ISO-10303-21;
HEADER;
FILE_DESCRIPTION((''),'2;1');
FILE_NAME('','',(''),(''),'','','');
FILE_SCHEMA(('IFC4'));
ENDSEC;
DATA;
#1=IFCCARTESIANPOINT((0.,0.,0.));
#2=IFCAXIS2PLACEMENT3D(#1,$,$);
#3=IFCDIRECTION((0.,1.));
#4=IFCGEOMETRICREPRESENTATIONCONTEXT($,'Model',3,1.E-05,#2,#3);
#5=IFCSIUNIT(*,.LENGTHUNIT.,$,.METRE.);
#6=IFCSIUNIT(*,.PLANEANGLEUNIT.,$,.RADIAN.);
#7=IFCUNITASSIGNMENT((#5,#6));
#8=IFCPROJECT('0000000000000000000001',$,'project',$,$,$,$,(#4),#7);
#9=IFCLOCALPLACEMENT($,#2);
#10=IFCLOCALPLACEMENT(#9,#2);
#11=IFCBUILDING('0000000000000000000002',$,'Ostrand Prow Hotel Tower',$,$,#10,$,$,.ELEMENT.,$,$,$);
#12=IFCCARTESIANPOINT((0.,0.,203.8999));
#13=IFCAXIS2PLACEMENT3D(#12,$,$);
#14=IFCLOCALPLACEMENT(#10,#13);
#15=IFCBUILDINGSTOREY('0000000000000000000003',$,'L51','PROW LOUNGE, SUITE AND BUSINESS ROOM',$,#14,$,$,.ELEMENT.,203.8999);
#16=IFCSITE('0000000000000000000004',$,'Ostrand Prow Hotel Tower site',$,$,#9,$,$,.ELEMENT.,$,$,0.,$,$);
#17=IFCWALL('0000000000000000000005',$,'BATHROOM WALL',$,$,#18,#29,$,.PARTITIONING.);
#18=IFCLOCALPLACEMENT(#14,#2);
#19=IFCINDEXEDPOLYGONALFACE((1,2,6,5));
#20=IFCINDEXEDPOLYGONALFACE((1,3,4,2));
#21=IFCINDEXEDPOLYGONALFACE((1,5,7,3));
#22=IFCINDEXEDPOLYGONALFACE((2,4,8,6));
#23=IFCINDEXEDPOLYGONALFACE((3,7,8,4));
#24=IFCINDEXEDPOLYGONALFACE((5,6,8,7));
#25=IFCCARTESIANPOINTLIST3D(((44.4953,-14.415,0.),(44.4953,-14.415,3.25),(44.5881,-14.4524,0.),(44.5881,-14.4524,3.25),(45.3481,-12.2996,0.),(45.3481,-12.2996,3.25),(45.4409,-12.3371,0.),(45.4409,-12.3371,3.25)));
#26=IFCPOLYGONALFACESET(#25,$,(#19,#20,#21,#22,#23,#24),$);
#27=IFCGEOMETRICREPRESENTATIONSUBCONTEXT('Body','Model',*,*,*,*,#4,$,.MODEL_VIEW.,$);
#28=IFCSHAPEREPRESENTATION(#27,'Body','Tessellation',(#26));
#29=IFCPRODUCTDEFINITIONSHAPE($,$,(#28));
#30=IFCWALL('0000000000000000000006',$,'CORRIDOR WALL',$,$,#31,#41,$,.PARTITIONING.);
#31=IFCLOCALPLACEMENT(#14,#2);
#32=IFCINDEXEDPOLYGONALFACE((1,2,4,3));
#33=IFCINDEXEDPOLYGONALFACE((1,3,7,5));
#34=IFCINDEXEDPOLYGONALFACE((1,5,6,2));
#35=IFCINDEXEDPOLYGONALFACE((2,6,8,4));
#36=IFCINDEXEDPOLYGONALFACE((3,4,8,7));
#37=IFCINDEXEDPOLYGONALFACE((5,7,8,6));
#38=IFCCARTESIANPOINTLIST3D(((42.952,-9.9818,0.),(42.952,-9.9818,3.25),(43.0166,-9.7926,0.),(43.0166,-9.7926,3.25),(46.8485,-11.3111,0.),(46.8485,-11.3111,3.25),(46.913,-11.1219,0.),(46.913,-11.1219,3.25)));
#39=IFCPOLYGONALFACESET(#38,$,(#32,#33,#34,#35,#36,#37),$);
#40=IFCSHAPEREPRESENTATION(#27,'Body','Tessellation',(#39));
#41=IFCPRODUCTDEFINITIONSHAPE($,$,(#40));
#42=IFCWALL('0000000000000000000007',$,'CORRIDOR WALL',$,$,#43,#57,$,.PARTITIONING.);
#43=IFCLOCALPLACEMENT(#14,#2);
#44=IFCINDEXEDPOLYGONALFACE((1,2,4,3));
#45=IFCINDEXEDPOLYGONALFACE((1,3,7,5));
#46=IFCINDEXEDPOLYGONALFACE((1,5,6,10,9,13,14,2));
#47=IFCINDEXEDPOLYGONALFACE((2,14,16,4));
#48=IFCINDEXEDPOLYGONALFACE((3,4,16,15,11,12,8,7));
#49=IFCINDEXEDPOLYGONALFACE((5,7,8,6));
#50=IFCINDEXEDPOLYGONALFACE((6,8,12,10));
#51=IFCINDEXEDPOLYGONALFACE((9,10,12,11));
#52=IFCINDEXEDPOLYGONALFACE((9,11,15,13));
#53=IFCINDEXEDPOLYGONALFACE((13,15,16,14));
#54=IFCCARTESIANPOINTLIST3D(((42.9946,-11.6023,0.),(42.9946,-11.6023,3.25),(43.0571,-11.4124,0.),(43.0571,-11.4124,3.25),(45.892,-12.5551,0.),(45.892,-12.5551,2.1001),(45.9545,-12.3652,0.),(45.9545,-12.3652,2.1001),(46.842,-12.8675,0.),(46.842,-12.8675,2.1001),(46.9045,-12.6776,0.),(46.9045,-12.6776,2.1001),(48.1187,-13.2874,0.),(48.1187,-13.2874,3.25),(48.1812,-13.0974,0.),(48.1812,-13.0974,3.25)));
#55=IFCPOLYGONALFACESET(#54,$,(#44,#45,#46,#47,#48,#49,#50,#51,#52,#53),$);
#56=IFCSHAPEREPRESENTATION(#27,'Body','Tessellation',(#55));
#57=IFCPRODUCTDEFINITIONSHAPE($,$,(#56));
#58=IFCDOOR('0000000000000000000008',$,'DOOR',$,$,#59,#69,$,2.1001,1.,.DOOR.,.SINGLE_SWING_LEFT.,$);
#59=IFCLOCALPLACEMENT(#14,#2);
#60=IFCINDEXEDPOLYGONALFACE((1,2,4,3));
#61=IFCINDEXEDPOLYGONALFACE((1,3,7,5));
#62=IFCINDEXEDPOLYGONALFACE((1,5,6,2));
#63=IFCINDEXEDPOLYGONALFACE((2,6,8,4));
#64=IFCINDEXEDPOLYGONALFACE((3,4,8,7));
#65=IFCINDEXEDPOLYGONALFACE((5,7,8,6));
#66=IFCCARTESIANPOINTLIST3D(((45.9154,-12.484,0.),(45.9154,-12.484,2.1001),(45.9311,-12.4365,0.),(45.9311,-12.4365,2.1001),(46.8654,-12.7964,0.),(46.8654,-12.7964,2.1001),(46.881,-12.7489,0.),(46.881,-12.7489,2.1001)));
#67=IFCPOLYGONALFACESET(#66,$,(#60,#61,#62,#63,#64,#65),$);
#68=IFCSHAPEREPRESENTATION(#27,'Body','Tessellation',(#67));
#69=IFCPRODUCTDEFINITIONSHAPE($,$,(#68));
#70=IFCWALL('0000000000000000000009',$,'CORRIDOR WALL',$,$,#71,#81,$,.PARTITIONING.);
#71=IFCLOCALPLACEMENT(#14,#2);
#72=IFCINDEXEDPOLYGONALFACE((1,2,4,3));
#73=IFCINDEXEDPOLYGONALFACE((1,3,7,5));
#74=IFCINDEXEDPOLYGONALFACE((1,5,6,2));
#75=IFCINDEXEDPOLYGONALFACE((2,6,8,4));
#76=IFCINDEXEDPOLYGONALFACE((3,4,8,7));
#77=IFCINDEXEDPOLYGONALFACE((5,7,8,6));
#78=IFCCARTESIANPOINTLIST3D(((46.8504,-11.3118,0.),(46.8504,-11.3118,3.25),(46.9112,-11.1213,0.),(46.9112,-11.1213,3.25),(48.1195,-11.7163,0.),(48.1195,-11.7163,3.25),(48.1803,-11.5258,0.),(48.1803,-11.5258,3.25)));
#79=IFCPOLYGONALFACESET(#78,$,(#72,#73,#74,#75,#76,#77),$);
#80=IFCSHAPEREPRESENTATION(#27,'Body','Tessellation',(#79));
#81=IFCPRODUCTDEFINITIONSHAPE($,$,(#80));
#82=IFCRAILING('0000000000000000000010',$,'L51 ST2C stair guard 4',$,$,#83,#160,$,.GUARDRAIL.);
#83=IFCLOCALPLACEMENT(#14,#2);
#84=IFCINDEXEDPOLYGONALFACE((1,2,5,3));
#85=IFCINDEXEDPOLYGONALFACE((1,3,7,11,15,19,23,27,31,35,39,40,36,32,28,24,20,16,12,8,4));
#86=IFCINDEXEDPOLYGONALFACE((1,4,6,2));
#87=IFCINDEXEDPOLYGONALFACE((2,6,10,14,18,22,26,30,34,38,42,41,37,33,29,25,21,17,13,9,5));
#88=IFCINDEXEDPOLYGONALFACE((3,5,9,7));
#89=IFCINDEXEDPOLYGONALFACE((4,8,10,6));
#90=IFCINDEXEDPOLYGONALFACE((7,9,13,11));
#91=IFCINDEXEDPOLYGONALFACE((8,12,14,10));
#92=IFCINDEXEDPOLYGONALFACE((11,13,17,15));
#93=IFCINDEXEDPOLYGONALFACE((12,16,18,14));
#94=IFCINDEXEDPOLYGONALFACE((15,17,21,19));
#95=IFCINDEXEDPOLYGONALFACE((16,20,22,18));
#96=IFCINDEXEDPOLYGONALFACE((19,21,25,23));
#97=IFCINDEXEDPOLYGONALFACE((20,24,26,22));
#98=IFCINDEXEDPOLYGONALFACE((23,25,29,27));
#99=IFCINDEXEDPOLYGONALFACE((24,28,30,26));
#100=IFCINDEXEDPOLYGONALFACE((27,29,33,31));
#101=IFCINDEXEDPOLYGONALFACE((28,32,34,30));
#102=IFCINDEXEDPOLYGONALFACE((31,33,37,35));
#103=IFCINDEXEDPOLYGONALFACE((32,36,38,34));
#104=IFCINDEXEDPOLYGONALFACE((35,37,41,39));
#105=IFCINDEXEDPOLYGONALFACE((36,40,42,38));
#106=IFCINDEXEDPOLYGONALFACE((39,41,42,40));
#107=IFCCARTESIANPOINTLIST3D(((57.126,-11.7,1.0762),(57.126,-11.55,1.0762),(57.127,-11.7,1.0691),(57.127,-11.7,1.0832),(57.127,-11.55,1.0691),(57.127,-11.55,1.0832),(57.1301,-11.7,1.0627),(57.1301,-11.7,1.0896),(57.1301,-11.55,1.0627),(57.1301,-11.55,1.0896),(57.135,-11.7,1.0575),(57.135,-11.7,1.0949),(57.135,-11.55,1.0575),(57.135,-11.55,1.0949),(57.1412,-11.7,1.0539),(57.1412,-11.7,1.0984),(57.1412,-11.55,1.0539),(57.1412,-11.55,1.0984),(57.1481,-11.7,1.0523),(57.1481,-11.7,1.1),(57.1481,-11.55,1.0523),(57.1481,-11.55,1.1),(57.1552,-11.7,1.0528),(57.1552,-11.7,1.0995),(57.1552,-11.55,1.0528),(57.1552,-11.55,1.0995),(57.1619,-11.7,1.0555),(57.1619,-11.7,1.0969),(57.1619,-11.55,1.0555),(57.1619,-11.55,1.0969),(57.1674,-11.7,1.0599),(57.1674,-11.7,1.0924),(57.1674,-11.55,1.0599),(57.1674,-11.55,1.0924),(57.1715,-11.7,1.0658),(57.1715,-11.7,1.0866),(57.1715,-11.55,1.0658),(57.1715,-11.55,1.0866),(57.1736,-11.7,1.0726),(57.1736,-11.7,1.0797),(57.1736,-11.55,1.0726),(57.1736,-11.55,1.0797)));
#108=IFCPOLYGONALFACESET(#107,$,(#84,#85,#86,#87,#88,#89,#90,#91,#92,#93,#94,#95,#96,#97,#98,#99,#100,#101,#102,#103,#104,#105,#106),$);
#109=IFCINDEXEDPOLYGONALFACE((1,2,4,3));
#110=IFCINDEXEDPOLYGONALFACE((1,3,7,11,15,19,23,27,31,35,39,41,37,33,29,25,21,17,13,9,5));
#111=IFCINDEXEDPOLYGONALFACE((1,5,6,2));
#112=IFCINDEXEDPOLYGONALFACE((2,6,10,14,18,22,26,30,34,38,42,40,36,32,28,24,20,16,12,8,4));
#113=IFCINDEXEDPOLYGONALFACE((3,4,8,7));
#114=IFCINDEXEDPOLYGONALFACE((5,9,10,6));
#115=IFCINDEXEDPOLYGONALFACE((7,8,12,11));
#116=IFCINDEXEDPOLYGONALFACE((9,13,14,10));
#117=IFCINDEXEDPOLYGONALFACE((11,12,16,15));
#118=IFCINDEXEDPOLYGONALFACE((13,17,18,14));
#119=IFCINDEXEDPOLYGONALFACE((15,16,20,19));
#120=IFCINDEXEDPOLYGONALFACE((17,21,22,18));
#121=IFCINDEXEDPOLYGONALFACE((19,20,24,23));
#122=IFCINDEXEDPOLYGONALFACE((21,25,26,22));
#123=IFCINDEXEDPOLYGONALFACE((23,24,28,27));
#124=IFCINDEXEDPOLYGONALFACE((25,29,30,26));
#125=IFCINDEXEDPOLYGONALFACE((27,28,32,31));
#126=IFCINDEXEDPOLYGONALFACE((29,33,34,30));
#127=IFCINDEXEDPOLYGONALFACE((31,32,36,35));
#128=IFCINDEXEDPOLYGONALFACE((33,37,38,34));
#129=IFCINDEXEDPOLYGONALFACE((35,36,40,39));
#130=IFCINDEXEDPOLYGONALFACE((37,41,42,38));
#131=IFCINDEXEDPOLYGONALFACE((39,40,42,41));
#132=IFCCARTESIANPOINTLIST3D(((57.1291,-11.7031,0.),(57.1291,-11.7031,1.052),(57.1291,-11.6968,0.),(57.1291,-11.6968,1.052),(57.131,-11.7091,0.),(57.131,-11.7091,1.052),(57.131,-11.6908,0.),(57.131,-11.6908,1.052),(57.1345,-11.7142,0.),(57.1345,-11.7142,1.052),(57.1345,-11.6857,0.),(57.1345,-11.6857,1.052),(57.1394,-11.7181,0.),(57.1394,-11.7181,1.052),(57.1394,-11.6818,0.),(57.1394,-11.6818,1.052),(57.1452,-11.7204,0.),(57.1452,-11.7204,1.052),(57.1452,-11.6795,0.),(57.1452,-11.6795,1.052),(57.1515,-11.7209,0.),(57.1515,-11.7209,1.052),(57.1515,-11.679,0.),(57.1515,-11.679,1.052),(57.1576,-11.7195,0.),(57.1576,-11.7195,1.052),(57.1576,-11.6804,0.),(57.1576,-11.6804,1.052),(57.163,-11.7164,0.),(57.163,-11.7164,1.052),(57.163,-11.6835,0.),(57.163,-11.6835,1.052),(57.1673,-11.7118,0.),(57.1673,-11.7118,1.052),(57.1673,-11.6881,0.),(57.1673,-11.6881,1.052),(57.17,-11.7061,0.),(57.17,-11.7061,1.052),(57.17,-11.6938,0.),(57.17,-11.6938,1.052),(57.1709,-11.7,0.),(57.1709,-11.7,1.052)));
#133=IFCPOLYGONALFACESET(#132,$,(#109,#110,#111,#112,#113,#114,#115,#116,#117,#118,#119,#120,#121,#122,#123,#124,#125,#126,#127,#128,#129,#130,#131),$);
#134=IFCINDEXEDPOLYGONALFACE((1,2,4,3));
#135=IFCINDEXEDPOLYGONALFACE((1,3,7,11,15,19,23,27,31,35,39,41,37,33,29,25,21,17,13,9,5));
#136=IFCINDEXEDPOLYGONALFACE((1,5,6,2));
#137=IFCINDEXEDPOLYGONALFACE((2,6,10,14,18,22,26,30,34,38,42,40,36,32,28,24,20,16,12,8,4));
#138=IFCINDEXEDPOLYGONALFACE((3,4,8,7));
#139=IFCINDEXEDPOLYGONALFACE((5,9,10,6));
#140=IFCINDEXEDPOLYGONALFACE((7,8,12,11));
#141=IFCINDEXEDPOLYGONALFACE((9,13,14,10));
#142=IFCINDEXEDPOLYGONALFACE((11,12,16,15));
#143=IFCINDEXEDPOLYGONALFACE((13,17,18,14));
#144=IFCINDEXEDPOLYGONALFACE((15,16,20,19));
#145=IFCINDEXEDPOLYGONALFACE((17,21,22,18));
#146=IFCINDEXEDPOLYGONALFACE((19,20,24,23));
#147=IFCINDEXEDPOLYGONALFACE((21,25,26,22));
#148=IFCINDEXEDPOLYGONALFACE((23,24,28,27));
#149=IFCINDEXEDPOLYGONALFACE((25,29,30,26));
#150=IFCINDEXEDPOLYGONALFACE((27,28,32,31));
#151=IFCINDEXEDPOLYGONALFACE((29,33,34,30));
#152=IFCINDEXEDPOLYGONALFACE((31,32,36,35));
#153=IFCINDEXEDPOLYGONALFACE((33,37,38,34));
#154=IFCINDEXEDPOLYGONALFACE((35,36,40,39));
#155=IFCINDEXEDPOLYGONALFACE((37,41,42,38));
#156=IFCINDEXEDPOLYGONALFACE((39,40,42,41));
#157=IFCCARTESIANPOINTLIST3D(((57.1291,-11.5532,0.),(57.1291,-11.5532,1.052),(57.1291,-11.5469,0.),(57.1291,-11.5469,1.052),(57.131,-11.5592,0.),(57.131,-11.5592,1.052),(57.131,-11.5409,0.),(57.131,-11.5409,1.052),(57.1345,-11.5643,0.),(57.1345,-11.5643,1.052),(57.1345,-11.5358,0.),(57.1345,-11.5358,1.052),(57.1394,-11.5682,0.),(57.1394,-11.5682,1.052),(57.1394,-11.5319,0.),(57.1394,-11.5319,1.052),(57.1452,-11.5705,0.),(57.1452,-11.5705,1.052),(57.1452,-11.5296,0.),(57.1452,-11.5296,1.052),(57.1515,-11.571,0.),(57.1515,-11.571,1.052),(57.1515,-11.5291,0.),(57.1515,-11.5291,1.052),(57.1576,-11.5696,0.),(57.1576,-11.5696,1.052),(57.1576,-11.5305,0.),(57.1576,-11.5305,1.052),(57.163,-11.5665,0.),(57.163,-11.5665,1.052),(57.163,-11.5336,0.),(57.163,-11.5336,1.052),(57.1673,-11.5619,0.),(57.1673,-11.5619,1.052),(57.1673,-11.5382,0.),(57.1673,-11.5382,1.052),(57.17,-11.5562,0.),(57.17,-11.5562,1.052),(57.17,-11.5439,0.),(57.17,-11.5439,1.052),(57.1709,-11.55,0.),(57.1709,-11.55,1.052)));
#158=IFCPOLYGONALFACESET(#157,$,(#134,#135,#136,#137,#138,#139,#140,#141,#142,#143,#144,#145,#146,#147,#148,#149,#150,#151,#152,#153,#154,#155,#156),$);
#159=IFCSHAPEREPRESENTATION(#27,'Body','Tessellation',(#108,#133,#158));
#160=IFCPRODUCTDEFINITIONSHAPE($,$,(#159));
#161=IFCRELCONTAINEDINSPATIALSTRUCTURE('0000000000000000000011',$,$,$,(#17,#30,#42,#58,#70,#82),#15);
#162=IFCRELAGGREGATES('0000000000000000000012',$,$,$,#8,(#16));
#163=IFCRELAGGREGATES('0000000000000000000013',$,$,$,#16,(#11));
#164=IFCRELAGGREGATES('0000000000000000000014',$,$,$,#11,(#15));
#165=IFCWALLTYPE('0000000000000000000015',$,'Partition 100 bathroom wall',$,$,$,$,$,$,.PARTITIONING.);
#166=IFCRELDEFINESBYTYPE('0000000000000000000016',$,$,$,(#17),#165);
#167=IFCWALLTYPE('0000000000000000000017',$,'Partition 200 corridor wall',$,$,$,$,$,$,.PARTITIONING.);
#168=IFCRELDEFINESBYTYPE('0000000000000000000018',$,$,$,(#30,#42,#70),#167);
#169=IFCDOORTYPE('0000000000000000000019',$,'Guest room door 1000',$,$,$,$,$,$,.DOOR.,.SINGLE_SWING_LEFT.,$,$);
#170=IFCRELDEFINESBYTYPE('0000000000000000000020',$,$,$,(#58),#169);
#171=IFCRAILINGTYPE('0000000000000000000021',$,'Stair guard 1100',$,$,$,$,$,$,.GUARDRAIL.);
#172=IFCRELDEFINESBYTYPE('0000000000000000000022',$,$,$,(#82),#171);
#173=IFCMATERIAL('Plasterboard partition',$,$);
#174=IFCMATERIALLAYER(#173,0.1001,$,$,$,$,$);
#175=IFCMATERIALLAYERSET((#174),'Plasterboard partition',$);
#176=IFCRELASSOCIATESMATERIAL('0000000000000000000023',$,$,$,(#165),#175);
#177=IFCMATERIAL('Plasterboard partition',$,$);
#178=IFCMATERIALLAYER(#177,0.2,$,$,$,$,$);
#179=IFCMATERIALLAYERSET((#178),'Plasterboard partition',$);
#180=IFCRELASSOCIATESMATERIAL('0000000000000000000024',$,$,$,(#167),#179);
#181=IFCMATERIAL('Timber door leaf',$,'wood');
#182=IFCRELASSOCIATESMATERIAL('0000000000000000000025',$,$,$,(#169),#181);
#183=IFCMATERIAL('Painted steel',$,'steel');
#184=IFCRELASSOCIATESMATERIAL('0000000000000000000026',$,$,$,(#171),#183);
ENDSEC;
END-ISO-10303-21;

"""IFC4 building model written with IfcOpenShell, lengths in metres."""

from ifc_helpers import new_model, si_unit, direction, frame, frame_2d, origin, origin_2d, place, context, subcontext, project, spatial, rectangle, circle, extrude, material, layer, layer_set, type_object, element, fill, save


model = new_model("IFC4")

# Units and contexts
model_context = context("Model", 3, precision=1e-05, world=origin(), true_north=direction((0.0, 1.0)))
body_context = subcontext(model_context, "Body", "Model", "MODEL_VIEW")
ifc_project = project(units=[si_unit("LENGTHUNIT", "METRE"), si_unit("PLANEANGLEUNIT", "RADIAN")], contexts=[model_context])

# Site, building, storey
site_placement = place(None, origin())
site = spatial("IfcSite", under=ifc_project, at=site_placement, Name="Ostrand Prow Hotel Tower site", CompositionType="ELEMENT", RefElevation=0.0)
building_placement = place(site_placement, origin())
building = spatial("IfcBuilding", under=site, at=building_placement, Name="Ostrand Prow Hotel Tower", CompositionType="ELEMENT")
storey_placement = place(building_placement, frame((0.0, 0.0, 203.8999)))
storey = spatial("IfcBuildingStorey", under=building, at=storey_placement, Name="L51", Description="PROW LOUNGE, SUITE AND BUSINESS ROOM", CompositionType="ELEMENT", Elevation=203.8999)

# Walls
ifc_material_1 = material(Name="Plasterboard partition")
ifc_layer_1 = layer(ifc_material_1, 0.1001)
ifc_layer_set_1 = layer_set([ifc_layer_1], Name="Plasterboard partition")
wall_type_1 = type_object("IfcWallType", Name="Partition 100 bathroom wall", PredefinedType="PARTITIONING", material=ifc_layer_set_1)
wall_1_placement = place(storey_placement, frame((45.3945, -12.3184, 0.0), z_axis=(0.0, 0.0, 1.0), x_axis=(-0.373918, -0.927462, 0.0)))
element("IfcWall", 1, at=wall_1_placement, inside=storey, type_object=wall_type_1, Name="BATHROOM WALL", PredefinedType="PARTITIONING", context=body_context, shape_type="SweptSolid", body=[
    extrude(rectangle(XDim=2.2808, YDim=0.1001, at=frame_2d((1.1404, 0.0))), origin(), (0.0, 0.0, 1.0), 3.25),
])
ifc_material_2 = material(Name="Plasterboard partition")
ifc_layer_2 = layer(ifc_material_2, 0.2)
ifc_layer_set_2 = layer_set([ifc_layer_2], Name="Plasterboard partition")
wall_type_2 = type_object("IfcWallType", Name="Partition 200 corridor wall", PredefinedType="PARTITIONING", material=ifc_layer_set_2)
wall_2_placement = place(storey_placement, frame((46.8809, -11.2166, 0.0), z_axis=(0.0, 0.0, 1.0), x_axis=(-0.946436, 0.322891, 0.0)))
element("IfcWall", 2, at=wall_2_placement, inside=storey, type_object=wall_type_2, Name="CORRIDOR WALL", PredefinedType="PARTITIONING", context=body_context, shape_type="SweptSolid", body=[
    extrude(rectangle(XDim=4.1169, YDim=0.2, at=frame_2d((2.0586, 0.0))), origin(), (0.0, 0.0, 1.0), 3.25),
])

# Wall, opening, door
wall_3_placement = place(storey_placement, frame((43.0259, -11.5073, 0.0), z_axis=(0.0, 0.0, 1.0), x_axis=(0.949952, -0.312396, 0.0)))
wall_3 = element("IfcWall", 3, at=wall_3_placement, inside=storey, type_object=wall_type_2, Name="CORRIDOR WALL", PredefinedType="PARTITIONING", context=body_context, shape_type="SweptSolid", body=[
    extrude(rectangle(XDim=5.394, YDim=0.2, at=frame_2d((2.697, 0.0))), origin(), (0.0, 0.0, 1.0), 3.25),
])
opening_1_placement = place(wall_3_placement, frame((3.05, 0.0, 0.0)))
opening_1 = element("IfcOpeningElement", 4, at=opening_1_placement, cuts=wall_3, PredefinedType="OPENING", context=body_context, shape_type="SweptSolid", body=[
    extrude(rectangle(XDim=1.0, YDim=2.1001, at=frame_2d((0.5, 1.05))), frame((0.0, 0.1099, 0.0), z_axis=(0.0, -1.0, 0.0), x_axis=(1.0, 0.0, 0.0)), (0.0, 0.0, 1.0), 0.22),
])
ifc_material_3 = material(Name="Timber door leaf", Category="wood")
door_type_1 = type_object("IfcDoorType", Name="Guest room door 1000", OperationType="SINGLE_SWING_LEFT", PredefinedType="DOOR", material=ifc_material_3)
door_1_placement = place(opening_1_placement, origin())
door_1 = element("IfcDoor", 5, at=door_1_placement, inside=storey, type_object=door_type_1, Name="DOOR", OperationType="SINGLE_SWING_LEFT", OverallHeight=2.1001, OverallWidth=1.0, PredefinedType="DOOR", context=body_context, shape_type="SweptSolid", body=[
    extrude(rectangle(XDim=1.0, YDim=2.1001, at=frame_2d((0.5, 1.05))), frame((0.0, 0.0249, 0.0), z_axis=(0.0, -1.0, 0.0), x_axis=(1.0, 0.0, 0.0)), (0.0, 0.0, 1.0), 0.05),
])
fill(opening_1, door_1)

# Wall
wall_4_placement = place(storey_placement, frame((48.1499, -11.6211, 0.0), z_axis=(0.0, 0.0, 1.0), x_axis=(-0.952762, 0.303718, 0.0)))
element("IfcWall", 6, at=wall_4_placement, inside=storey, type_object=wall_type_2, Name="CORRIDOR WALL", PredefinedType="PARTITIONING", context=body_context, shape_type="SweptSolid", body=[
    extrude(rectangle(XDim=1.332, YDim=0.2, at=frame_2d((0.666, 0.0))), origin(), (0.0, 0.0, 1.0), 3.25),
])

# Railing
ifc_material_4 = material(Name="Painted steel", Category="steel")
railing_type = type_object("IfcRailingType", Name="Stair guard 1100", PredefinedType="GUARDRAIL", material=ifc_material_4)
railing_placement = place(storey_placement, frame((57.1499, -11.7, 0.0)))
element("IfcRailing", 7, at=railing_placement, inside=storey, type_object=railing_type, Name="L51 ST2C stair guard 4", PredefinedType="GUARDRAIL", context=body_context, shape_type="SweptSolid", body=[
    extrude(circle(Radius=0.0239, at=origin_2d()), frame((0.0, 0.0, 1.0762), z_axis=(0.0, 1.0, 0.0), x_axis=(-1.0, 0.0, 0.0)), (0.0, 0.0, 1.0), 0.1499),
    extrude(circle(Radius=0.021, at=origin_2d()), origin(), (0.0, 0.0, 1.0), 1.052),
    extrude(circle(Radius=0.021, at=origin_2d()), frame((0.0, 0.1499, 0.0)), (0.0, 0.0, 1.0), 1.052),
])

save(model, "model.ifc")
